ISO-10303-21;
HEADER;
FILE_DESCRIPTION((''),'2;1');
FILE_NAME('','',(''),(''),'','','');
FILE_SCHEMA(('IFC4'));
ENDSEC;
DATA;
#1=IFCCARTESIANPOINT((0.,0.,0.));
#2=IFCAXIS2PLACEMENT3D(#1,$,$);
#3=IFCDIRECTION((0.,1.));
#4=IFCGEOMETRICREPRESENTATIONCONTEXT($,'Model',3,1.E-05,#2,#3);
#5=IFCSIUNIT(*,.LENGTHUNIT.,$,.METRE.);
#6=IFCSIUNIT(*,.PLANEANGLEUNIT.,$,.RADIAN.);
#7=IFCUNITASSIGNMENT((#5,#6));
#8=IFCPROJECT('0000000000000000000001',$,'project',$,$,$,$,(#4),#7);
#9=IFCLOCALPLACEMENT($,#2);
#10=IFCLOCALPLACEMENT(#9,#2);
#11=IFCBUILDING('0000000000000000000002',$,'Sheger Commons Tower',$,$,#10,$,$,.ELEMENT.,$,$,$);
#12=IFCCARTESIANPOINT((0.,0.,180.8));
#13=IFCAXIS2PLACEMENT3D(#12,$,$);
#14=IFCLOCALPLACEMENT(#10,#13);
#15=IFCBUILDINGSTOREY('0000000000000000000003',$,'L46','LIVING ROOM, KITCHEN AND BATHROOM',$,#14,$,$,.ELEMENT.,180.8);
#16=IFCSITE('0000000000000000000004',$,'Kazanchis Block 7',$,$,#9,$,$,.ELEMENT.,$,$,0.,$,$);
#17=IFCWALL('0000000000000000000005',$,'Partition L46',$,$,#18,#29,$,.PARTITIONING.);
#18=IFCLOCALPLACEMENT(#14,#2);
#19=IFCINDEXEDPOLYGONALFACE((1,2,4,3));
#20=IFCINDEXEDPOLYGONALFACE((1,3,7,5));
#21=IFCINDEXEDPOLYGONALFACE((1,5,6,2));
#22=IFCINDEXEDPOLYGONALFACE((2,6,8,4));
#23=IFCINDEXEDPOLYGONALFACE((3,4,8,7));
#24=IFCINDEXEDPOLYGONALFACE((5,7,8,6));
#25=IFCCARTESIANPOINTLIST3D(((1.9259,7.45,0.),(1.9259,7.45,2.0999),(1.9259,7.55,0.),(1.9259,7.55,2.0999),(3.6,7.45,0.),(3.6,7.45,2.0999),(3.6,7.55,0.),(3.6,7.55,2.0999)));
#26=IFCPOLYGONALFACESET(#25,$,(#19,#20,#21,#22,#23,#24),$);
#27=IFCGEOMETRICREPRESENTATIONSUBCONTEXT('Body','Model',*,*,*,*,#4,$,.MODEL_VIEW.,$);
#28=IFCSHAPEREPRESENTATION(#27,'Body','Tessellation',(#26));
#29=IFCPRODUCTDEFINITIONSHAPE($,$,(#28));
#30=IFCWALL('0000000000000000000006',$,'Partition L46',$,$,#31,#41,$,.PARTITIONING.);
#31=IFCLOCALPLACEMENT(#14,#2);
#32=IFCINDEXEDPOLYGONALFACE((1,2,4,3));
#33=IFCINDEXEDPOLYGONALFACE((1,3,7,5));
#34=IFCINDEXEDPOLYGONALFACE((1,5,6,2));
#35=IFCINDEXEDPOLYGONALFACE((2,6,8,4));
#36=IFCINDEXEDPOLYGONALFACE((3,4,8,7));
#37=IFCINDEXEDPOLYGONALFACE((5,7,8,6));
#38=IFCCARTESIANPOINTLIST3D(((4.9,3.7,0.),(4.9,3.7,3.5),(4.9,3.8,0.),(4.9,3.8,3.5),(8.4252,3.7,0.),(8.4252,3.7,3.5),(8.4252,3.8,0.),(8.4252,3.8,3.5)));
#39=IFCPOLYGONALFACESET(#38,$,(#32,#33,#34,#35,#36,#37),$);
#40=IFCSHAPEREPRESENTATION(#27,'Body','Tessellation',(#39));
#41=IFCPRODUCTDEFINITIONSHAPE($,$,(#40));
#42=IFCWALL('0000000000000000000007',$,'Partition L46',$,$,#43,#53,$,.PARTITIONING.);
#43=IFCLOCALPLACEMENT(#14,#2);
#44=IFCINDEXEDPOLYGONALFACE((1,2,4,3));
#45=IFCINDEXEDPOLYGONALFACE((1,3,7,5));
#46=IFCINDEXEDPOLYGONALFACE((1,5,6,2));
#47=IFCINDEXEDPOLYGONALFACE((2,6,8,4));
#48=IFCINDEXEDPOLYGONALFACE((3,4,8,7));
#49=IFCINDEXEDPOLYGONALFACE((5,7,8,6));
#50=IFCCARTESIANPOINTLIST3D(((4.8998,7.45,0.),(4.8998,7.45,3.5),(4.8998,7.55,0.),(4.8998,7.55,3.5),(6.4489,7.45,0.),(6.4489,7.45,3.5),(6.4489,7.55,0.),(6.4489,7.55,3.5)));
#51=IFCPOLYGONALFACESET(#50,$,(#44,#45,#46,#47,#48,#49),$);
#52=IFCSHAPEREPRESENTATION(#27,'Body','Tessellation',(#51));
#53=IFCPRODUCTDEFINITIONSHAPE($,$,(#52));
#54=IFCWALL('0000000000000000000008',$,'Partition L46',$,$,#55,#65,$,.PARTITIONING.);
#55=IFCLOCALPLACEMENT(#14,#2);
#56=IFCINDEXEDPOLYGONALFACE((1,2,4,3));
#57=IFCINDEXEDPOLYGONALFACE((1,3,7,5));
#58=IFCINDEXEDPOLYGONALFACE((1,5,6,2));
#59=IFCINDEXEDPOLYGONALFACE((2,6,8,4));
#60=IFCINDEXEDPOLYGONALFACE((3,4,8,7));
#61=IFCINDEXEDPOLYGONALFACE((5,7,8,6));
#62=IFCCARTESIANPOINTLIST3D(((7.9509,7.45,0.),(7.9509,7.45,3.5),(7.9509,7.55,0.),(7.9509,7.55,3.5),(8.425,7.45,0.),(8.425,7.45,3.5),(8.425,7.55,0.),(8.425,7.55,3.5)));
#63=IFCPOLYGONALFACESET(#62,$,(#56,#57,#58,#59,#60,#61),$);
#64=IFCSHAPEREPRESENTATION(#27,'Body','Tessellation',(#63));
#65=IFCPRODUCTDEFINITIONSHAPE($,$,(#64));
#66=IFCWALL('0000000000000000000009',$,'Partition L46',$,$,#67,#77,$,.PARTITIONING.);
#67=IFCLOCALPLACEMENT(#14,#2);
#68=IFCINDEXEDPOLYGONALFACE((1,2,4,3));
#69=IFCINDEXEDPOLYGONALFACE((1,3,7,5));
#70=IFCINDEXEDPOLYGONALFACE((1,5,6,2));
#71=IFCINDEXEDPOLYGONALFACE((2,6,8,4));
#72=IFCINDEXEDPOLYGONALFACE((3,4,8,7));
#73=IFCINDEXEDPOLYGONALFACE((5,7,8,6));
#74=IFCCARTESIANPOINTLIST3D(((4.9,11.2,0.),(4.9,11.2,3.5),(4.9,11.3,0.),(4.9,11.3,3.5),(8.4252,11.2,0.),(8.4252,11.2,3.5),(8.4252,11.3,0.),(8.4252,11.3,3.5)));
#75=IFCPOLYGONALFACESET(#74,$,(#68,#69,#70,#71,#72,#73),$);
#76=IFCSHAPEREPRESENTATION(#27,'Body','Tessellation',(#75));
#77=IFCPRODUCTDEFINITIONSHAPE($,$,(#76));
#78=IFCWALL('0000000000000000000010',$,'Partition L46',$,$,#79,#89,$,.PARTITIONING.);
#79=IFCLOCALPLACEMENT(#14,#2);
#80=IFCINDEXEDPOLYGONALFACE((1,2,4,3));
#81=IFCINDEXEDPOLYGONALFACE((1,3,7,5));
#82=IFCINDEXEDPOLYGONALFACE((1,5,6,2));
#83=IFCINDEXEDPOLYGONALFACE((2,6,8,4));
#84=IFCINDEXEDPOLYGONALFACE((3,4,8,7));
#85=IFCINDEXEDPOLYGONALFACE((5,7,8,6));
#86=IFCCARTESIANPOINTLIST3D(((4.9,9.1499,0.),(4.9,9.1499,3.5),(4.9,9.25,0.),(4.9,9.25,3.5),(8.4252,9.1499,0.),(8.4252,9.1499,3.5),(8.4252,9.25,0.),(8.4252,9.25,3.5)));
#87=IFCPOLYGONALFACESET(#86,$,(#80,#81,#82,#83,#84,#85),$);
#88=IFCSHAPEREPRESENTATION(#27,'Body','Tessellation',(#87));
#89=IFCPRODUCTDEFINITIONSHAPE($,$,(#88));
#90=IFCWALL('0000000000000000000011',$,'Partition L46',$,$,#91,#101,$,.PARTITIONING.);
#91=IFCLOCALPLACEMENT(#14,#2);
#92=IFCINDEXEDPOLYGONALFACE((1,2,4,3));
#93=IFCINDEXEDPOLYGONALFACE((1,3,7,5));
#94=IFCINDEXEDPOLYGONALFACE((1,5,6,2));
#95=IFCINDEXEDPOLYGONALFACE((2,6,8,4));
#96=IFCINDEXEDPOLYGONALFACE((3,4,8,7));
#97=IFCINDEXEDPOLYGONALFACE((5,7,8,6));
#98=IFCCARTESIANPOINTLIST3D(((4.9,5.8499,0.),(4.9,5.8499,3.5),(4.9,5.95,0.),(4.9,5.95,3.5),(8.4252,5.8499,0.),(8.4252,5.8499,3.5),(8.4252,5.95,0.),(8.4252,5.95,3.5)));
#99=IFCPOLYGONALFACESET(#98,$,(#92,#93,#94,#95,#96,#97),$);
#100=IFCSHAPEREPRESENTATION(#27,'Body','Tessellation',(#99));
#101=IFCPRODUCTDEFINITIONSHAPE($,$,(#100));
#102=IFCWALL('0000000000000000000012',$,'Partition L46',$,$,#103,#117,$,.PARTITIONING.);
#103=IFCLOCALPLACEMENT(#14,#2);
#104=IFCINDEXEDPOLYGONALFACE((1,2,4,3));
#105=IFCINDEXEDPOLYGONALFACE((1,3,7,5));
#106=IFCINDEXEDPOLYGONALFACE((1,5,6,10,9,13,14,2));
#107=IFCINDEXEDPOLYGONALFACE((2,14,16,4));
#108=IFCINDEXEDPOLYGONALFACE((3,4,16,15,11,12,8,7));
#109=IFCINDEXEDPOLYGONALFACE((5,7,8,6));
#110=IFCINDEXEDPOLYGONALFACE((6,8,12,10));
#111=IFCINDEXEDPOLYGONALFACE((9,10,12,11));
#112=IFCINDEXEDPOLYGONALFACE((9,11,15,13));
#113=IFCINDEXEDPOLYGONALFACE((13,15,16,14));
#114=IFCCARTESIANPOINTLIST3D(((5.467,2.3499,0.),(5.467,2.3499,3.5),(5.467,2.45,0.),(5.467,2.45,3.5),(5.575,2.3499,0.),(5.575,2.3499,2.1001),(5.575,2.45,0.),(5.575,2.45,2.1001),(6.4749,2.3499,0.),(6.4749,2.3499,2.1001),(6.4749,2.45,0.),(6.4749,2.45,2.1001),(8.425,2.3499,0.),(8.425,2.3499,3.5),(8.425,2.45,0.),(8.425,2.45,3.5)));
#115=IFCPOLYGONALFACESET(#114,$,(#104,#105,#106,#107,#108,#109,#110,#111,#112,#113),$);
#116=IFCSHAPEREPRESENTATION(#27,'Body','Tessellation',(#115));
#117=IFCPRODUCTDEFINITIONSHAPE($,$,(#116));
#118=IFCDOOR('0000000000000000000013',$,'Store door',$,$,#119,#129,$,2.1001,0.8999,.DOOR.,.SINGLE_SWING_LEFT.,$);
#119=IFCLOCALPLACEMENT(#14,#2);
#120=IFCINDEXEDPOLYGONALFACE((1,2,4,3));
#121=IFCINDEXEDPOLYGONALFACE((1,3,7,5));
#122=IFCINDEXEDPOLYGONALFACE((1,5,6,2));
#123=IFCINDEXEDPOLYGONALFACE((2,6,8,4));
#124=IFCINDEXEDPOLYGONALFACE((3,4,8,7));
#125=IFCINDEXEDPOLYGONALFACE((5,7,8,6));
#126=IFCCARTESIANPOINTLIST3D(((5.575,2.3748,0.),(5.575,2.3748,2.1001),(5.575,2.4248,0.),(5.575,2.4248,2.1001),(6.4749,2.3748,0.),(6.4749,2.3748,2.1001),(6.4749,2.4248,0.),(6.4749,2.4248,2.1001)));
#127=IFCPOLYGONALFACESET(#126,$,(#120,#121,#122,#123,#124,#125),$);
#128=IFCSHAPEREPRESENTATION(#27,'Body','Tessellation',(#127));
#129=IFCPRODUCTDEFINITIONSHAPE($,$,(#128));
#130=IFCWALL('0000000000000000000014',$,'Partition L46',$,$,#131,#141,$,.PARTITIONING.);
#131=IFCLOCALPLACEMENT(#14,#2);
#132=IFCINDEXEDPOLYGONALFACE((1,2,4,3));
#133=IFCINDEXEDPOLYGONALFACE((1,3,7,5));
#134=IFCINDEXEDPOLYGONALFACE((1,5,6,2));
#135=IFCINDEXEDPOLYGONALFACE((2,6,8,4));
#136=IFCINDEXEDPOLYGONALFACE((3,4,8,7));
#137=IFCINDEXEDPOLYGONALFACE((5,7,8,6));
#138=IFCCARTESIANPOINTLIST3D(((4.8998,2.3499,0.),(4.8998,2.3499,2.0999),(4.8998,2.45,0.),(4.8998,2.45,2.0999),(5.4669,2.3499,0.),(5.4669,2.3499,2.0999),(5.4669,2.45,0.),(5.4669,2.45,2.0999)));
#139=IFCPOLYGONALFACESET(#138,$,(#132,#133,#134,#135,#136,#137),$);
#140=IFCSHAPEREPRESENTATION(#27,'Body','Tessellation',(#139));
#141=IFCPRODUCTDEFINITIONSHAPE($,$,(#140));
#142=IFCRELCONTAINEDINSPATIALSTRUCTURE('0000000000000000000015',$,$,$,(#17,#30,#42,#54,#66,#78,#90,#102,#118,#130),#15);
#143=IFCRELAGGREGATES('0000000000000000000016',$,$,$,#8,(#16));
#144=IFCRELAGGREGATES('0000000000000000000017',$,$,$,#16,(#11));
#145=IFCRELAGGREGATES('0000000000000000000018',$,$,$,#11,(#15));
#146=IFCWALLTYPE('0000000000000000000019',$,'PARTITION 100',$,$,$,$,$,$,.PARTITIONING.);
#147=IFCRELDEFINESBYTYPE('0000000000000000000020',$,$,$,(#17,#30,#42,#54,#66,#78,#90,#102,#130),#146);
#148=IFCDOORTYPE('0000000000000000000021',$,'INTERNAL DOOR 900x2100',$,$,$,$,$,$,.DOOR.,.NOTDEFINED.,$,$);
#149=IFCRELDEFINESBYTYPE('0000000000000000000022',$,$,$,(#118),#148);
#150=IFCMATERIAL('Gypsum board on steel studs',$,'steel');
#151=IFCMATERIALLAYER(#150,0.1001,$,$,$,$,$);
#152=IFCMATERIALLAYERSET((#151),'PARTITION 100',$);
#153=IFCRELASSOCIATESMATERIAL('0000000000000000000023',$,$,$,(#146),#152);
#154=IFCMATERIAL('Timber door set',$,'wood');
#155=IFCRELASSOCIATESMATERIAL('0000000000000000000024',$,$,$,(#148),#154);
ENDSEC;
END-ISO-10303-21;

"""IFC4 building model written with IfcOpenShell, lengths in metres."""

from ifc_helpers import new_model, si_unit, direction, frame, frame_2d, origin, place, context, subcontext, project, spatial, rectangle, extrude, material, layer, layer_set, type_object, element, fill, save


model = new_model("IFC4")

# Units and contexts
model_context = context("Model", 3, precision=1e-05, world=origin(), true_north=direction((0.0, 1.0)))
body_context = subcontext(model_context, "Body", "Model", "MODEL_VIEW")
ifc_project = project(units=[si_unit("LENGTHUNIT", "METRE"), si_unit("PLANEANGLEUNIT", "RADIAN")], contexts=[model_context])

# Site, building, storey
site_placement = place(None, origin())
site = spatial("IfcSite", under=ifc_project, at=site_placement, Name="Kazanchis Block 7", CompositionType="ELEMENT", RefElevation=0.0)
building_placement = place(site_placement, origin())
building = spatial("IfcBuilding", under=site, at=building_placement, Name="Sheger Commons Tower", CompositionType="ELEMENT")
storey_placement = place(building_placement, frame((0.0, 0.0, 180.8)))
storey = spatial("IfcBuildingStorey", under=building, at=storey_placement, Name="L46", Description="LIVING ROOM, KITCHEN AND BATHROOM", CompositionType="ELEMENT", Elevation=180.8)

# Shared definitions
ifc_material_1 = material(Name="Gypsum board on steel studs", Category="steel")
ifc_layer = layer(ifc_material_1, 0.1001)
ifc_layer_set = layer_set([ifc_layer], Name="PARTITION 100")
wall_type = type_object("IfcWallType", Name="PARTITION 100", PredefinedType="PARTITIONING", material=ifc_layer_set)
ifc_material_2 = material(Name="Timber door set", Category="wood")
door_type = type_object("IfcDoorType", Name="INTERNAL DOOR 900x2100", OperationType="NOTDEFINED", PredefinedType="DOOR", material=ifc_material_2)

# Walls
wall_1_placement = place(storey_placement, frame((1.926, 7.5, 0.0), z_axis=(0.0, 0.0, 1.0), x_axis=(1.0, 0.0, 0.0)))
element("IfcWall", 1, at=wall_1_placement, inside=storey, type_object=wall_type, Name="Partition L46", PredefinedType="PARTITIONING", context=body_context, shape_type="SweptSolid", body=[
    extrude(rectangle(XDim=1.6741, YDim=0.1001, at=frame_2d((0.8369, 0.0))), origin(), (0.0, 0.0, 1.0), 2.0999),
])
wall_2_placement = place(storey_placement, frame((4.8999, 3.75, 0.0), z_axis=(0.0, 0.0, 1.0), x_axis=(1.0, 0.0, 0.0)))
element("IfcWall", 2, at=wall_2_placement, inside=storey, type_object=wall_type, Name="Partition L46", PredefinedType="PARTITIONING", context=body_context, shape_type="SweptSolid", body=[
    extrude(rectangle(XDim=3.5251, YDim=0.1001, at=frame_2d((1.7627, 0.0))), origin(), (0.0, 0.0, 1.0), 3.5),
])
wall_3_placement = place(storey_placement, frame((4.8999, 7.5, 0.0), z_axis=(0.0, 0.0, 1.0), x_axis=(1.0, 0.0, 0.0)))
element("IfcWall", 3, at=wall_3_placement, inside=storey, type_object=wall_type, Name="Partition L46", PredefinedType="PARTITIONING", context=body_context, shape_type="SweptSolid", body=[
    extrude(rectangle(XDim=1.5491, YDim=0.1001, at=frame_2d((0.7744, 0.0))), origin(), (0.0, 0.0, 1.0), 3.5),
])
wall_4_placement = place(storey_placement, frame((7.9509, 7.5, 0.0), z_axis=(0.0, 0.0, 1.0), x_axis=(1.0, 0.0, 0.0)))
element("IfcWall", 4, at=wall_4_placement, inside=storey, type_object=wall_type, Name="Partition L46", PredefinedType="PARTITIONING", context=body_context, shape_type="SweptSolid", body=[
    extrude(rectangle(XDim=0.4741, YDim=0.1001, at=frame_2d((0.2371, 0.0))), origin(), (0.0, 0.0, 1.0), 3.5),
])
for number, where, z_axis, x_axis, name in (
    (5, (4.8999, 11.25, 0.0), (0.0, 0.0, 1.0), (1.0, 0.0, 0.0), "Partition L46"),
    (6, (4.8999, 9.2, 0.0), (0.0, 0.0, 1.0), (1.0, 0.0, 0.0), "Partition L46"),
    (7, (4.8999, 5.8999, 0.0), (0.0, 0.0, 1.0), (1.0, 0.0, 0.0), "Partition L46"),
):
    element("IfcWall", number, at=place(storey_placement, frame(where, z_axis=z_axis, x_axis=x_axis)), inside=storey, type_object=wall_type, Name=name, PredefinedType="PARTITIONING", context=body_context, shape_type="SweptSolid", body=[
        extrude(rectangle(XDim=3.5251, YDim=0.1001, at=frame_2d((1.7627, 0.0))), origin(), (0.0, 0.0, 1.0), 3.5),
    ])

# Wall, opening, door
wall_5_placement = place(storey_placement, frame((5.467, 2.3999, 0.0), z_axis=(0.0, 0.0, 1.0), x_axis=(1.0, 0.0, 0.0)))
wall_5 = element("IfcWall", 8, at=wall_5_placement, inside=storey, type_object=wall_type, Name="Partition L46", PredefinedType="PARTITIONING", context=body_context, shape_type="SweptSolid", body=[
    extrude(rectangle(XDim=2.958, YDim=0.1001, at=frame_2d((1.479, 0.0))), origin(), (0.0, 0.0, 1.0), 3.5),
])
opening_1_placement = place(wall_5_placement, frame((0.1079, 0.0, 0.0)))
opening_1 = element("IfcOpeningElement", 9, at=opening_1_placement, cuts=wall_5, PredefinedType="OPENING", context=body_context, shape_type="SweptSolid", body=[
    extrude(rectangle(XDim=0.8999, YDim=2.1001, at=frame_2d((0.45, 1.05))), frame((0.0, 0.0601, 0.0), z_axis=(0.0, -1.0, 0.0), x_axis=(1.0, 0.0, 0.0)), (0.0, 0.0, 1.0), 0.1201),
])
door_1_placement = place(opening_1_placement, origin())
door_1 = element("IfcDoor", 10, at=door_1_placement, inside=storey, type_object=door_type, Name="Store door", OperationType="SINGLE_SWING_LEFT", OverallHeight=2.1001, OverallWidth=0.8999, PredefinedType="DOOR", context=body_context, shape_type="SweptSolid", body=[
    extrude(rectangle(XDim=0.8999, YDim=2.1001, at=frame_2d((0.45, 1.05))), frame((0.0, 0.0249, 0.0), z_axis=(0.0, -1.0, 0.0), x_axis=(1.0, 0.0, 0.0)), (0.0, 0.0, 1.0), 0.05),
])
fill(opening_1, door_1)

# Wall
wall_6_placement = place(storey_placement, frame((5.467, 2.3999, 0.0), z_axis=(0.0, 0.0, 1.0), x_axis=(-1.0, 0.0, 0.0)))
element("IfcWall", 11, at=wall_6_placement, inside=storey, type_object=wall_type, Name="Partition L46", PredefinedType="PARTITIONING", context=body_context, shape_type="SweptSolid", body=[
    extrude(rectangle(XDim=0.5671, YDim=0.1001, at=frame_2d((0.2837, 0.0))), origin(), (0.0, 0.0, 1.0), 2.0999),
])

save(model, "model.ifc")
